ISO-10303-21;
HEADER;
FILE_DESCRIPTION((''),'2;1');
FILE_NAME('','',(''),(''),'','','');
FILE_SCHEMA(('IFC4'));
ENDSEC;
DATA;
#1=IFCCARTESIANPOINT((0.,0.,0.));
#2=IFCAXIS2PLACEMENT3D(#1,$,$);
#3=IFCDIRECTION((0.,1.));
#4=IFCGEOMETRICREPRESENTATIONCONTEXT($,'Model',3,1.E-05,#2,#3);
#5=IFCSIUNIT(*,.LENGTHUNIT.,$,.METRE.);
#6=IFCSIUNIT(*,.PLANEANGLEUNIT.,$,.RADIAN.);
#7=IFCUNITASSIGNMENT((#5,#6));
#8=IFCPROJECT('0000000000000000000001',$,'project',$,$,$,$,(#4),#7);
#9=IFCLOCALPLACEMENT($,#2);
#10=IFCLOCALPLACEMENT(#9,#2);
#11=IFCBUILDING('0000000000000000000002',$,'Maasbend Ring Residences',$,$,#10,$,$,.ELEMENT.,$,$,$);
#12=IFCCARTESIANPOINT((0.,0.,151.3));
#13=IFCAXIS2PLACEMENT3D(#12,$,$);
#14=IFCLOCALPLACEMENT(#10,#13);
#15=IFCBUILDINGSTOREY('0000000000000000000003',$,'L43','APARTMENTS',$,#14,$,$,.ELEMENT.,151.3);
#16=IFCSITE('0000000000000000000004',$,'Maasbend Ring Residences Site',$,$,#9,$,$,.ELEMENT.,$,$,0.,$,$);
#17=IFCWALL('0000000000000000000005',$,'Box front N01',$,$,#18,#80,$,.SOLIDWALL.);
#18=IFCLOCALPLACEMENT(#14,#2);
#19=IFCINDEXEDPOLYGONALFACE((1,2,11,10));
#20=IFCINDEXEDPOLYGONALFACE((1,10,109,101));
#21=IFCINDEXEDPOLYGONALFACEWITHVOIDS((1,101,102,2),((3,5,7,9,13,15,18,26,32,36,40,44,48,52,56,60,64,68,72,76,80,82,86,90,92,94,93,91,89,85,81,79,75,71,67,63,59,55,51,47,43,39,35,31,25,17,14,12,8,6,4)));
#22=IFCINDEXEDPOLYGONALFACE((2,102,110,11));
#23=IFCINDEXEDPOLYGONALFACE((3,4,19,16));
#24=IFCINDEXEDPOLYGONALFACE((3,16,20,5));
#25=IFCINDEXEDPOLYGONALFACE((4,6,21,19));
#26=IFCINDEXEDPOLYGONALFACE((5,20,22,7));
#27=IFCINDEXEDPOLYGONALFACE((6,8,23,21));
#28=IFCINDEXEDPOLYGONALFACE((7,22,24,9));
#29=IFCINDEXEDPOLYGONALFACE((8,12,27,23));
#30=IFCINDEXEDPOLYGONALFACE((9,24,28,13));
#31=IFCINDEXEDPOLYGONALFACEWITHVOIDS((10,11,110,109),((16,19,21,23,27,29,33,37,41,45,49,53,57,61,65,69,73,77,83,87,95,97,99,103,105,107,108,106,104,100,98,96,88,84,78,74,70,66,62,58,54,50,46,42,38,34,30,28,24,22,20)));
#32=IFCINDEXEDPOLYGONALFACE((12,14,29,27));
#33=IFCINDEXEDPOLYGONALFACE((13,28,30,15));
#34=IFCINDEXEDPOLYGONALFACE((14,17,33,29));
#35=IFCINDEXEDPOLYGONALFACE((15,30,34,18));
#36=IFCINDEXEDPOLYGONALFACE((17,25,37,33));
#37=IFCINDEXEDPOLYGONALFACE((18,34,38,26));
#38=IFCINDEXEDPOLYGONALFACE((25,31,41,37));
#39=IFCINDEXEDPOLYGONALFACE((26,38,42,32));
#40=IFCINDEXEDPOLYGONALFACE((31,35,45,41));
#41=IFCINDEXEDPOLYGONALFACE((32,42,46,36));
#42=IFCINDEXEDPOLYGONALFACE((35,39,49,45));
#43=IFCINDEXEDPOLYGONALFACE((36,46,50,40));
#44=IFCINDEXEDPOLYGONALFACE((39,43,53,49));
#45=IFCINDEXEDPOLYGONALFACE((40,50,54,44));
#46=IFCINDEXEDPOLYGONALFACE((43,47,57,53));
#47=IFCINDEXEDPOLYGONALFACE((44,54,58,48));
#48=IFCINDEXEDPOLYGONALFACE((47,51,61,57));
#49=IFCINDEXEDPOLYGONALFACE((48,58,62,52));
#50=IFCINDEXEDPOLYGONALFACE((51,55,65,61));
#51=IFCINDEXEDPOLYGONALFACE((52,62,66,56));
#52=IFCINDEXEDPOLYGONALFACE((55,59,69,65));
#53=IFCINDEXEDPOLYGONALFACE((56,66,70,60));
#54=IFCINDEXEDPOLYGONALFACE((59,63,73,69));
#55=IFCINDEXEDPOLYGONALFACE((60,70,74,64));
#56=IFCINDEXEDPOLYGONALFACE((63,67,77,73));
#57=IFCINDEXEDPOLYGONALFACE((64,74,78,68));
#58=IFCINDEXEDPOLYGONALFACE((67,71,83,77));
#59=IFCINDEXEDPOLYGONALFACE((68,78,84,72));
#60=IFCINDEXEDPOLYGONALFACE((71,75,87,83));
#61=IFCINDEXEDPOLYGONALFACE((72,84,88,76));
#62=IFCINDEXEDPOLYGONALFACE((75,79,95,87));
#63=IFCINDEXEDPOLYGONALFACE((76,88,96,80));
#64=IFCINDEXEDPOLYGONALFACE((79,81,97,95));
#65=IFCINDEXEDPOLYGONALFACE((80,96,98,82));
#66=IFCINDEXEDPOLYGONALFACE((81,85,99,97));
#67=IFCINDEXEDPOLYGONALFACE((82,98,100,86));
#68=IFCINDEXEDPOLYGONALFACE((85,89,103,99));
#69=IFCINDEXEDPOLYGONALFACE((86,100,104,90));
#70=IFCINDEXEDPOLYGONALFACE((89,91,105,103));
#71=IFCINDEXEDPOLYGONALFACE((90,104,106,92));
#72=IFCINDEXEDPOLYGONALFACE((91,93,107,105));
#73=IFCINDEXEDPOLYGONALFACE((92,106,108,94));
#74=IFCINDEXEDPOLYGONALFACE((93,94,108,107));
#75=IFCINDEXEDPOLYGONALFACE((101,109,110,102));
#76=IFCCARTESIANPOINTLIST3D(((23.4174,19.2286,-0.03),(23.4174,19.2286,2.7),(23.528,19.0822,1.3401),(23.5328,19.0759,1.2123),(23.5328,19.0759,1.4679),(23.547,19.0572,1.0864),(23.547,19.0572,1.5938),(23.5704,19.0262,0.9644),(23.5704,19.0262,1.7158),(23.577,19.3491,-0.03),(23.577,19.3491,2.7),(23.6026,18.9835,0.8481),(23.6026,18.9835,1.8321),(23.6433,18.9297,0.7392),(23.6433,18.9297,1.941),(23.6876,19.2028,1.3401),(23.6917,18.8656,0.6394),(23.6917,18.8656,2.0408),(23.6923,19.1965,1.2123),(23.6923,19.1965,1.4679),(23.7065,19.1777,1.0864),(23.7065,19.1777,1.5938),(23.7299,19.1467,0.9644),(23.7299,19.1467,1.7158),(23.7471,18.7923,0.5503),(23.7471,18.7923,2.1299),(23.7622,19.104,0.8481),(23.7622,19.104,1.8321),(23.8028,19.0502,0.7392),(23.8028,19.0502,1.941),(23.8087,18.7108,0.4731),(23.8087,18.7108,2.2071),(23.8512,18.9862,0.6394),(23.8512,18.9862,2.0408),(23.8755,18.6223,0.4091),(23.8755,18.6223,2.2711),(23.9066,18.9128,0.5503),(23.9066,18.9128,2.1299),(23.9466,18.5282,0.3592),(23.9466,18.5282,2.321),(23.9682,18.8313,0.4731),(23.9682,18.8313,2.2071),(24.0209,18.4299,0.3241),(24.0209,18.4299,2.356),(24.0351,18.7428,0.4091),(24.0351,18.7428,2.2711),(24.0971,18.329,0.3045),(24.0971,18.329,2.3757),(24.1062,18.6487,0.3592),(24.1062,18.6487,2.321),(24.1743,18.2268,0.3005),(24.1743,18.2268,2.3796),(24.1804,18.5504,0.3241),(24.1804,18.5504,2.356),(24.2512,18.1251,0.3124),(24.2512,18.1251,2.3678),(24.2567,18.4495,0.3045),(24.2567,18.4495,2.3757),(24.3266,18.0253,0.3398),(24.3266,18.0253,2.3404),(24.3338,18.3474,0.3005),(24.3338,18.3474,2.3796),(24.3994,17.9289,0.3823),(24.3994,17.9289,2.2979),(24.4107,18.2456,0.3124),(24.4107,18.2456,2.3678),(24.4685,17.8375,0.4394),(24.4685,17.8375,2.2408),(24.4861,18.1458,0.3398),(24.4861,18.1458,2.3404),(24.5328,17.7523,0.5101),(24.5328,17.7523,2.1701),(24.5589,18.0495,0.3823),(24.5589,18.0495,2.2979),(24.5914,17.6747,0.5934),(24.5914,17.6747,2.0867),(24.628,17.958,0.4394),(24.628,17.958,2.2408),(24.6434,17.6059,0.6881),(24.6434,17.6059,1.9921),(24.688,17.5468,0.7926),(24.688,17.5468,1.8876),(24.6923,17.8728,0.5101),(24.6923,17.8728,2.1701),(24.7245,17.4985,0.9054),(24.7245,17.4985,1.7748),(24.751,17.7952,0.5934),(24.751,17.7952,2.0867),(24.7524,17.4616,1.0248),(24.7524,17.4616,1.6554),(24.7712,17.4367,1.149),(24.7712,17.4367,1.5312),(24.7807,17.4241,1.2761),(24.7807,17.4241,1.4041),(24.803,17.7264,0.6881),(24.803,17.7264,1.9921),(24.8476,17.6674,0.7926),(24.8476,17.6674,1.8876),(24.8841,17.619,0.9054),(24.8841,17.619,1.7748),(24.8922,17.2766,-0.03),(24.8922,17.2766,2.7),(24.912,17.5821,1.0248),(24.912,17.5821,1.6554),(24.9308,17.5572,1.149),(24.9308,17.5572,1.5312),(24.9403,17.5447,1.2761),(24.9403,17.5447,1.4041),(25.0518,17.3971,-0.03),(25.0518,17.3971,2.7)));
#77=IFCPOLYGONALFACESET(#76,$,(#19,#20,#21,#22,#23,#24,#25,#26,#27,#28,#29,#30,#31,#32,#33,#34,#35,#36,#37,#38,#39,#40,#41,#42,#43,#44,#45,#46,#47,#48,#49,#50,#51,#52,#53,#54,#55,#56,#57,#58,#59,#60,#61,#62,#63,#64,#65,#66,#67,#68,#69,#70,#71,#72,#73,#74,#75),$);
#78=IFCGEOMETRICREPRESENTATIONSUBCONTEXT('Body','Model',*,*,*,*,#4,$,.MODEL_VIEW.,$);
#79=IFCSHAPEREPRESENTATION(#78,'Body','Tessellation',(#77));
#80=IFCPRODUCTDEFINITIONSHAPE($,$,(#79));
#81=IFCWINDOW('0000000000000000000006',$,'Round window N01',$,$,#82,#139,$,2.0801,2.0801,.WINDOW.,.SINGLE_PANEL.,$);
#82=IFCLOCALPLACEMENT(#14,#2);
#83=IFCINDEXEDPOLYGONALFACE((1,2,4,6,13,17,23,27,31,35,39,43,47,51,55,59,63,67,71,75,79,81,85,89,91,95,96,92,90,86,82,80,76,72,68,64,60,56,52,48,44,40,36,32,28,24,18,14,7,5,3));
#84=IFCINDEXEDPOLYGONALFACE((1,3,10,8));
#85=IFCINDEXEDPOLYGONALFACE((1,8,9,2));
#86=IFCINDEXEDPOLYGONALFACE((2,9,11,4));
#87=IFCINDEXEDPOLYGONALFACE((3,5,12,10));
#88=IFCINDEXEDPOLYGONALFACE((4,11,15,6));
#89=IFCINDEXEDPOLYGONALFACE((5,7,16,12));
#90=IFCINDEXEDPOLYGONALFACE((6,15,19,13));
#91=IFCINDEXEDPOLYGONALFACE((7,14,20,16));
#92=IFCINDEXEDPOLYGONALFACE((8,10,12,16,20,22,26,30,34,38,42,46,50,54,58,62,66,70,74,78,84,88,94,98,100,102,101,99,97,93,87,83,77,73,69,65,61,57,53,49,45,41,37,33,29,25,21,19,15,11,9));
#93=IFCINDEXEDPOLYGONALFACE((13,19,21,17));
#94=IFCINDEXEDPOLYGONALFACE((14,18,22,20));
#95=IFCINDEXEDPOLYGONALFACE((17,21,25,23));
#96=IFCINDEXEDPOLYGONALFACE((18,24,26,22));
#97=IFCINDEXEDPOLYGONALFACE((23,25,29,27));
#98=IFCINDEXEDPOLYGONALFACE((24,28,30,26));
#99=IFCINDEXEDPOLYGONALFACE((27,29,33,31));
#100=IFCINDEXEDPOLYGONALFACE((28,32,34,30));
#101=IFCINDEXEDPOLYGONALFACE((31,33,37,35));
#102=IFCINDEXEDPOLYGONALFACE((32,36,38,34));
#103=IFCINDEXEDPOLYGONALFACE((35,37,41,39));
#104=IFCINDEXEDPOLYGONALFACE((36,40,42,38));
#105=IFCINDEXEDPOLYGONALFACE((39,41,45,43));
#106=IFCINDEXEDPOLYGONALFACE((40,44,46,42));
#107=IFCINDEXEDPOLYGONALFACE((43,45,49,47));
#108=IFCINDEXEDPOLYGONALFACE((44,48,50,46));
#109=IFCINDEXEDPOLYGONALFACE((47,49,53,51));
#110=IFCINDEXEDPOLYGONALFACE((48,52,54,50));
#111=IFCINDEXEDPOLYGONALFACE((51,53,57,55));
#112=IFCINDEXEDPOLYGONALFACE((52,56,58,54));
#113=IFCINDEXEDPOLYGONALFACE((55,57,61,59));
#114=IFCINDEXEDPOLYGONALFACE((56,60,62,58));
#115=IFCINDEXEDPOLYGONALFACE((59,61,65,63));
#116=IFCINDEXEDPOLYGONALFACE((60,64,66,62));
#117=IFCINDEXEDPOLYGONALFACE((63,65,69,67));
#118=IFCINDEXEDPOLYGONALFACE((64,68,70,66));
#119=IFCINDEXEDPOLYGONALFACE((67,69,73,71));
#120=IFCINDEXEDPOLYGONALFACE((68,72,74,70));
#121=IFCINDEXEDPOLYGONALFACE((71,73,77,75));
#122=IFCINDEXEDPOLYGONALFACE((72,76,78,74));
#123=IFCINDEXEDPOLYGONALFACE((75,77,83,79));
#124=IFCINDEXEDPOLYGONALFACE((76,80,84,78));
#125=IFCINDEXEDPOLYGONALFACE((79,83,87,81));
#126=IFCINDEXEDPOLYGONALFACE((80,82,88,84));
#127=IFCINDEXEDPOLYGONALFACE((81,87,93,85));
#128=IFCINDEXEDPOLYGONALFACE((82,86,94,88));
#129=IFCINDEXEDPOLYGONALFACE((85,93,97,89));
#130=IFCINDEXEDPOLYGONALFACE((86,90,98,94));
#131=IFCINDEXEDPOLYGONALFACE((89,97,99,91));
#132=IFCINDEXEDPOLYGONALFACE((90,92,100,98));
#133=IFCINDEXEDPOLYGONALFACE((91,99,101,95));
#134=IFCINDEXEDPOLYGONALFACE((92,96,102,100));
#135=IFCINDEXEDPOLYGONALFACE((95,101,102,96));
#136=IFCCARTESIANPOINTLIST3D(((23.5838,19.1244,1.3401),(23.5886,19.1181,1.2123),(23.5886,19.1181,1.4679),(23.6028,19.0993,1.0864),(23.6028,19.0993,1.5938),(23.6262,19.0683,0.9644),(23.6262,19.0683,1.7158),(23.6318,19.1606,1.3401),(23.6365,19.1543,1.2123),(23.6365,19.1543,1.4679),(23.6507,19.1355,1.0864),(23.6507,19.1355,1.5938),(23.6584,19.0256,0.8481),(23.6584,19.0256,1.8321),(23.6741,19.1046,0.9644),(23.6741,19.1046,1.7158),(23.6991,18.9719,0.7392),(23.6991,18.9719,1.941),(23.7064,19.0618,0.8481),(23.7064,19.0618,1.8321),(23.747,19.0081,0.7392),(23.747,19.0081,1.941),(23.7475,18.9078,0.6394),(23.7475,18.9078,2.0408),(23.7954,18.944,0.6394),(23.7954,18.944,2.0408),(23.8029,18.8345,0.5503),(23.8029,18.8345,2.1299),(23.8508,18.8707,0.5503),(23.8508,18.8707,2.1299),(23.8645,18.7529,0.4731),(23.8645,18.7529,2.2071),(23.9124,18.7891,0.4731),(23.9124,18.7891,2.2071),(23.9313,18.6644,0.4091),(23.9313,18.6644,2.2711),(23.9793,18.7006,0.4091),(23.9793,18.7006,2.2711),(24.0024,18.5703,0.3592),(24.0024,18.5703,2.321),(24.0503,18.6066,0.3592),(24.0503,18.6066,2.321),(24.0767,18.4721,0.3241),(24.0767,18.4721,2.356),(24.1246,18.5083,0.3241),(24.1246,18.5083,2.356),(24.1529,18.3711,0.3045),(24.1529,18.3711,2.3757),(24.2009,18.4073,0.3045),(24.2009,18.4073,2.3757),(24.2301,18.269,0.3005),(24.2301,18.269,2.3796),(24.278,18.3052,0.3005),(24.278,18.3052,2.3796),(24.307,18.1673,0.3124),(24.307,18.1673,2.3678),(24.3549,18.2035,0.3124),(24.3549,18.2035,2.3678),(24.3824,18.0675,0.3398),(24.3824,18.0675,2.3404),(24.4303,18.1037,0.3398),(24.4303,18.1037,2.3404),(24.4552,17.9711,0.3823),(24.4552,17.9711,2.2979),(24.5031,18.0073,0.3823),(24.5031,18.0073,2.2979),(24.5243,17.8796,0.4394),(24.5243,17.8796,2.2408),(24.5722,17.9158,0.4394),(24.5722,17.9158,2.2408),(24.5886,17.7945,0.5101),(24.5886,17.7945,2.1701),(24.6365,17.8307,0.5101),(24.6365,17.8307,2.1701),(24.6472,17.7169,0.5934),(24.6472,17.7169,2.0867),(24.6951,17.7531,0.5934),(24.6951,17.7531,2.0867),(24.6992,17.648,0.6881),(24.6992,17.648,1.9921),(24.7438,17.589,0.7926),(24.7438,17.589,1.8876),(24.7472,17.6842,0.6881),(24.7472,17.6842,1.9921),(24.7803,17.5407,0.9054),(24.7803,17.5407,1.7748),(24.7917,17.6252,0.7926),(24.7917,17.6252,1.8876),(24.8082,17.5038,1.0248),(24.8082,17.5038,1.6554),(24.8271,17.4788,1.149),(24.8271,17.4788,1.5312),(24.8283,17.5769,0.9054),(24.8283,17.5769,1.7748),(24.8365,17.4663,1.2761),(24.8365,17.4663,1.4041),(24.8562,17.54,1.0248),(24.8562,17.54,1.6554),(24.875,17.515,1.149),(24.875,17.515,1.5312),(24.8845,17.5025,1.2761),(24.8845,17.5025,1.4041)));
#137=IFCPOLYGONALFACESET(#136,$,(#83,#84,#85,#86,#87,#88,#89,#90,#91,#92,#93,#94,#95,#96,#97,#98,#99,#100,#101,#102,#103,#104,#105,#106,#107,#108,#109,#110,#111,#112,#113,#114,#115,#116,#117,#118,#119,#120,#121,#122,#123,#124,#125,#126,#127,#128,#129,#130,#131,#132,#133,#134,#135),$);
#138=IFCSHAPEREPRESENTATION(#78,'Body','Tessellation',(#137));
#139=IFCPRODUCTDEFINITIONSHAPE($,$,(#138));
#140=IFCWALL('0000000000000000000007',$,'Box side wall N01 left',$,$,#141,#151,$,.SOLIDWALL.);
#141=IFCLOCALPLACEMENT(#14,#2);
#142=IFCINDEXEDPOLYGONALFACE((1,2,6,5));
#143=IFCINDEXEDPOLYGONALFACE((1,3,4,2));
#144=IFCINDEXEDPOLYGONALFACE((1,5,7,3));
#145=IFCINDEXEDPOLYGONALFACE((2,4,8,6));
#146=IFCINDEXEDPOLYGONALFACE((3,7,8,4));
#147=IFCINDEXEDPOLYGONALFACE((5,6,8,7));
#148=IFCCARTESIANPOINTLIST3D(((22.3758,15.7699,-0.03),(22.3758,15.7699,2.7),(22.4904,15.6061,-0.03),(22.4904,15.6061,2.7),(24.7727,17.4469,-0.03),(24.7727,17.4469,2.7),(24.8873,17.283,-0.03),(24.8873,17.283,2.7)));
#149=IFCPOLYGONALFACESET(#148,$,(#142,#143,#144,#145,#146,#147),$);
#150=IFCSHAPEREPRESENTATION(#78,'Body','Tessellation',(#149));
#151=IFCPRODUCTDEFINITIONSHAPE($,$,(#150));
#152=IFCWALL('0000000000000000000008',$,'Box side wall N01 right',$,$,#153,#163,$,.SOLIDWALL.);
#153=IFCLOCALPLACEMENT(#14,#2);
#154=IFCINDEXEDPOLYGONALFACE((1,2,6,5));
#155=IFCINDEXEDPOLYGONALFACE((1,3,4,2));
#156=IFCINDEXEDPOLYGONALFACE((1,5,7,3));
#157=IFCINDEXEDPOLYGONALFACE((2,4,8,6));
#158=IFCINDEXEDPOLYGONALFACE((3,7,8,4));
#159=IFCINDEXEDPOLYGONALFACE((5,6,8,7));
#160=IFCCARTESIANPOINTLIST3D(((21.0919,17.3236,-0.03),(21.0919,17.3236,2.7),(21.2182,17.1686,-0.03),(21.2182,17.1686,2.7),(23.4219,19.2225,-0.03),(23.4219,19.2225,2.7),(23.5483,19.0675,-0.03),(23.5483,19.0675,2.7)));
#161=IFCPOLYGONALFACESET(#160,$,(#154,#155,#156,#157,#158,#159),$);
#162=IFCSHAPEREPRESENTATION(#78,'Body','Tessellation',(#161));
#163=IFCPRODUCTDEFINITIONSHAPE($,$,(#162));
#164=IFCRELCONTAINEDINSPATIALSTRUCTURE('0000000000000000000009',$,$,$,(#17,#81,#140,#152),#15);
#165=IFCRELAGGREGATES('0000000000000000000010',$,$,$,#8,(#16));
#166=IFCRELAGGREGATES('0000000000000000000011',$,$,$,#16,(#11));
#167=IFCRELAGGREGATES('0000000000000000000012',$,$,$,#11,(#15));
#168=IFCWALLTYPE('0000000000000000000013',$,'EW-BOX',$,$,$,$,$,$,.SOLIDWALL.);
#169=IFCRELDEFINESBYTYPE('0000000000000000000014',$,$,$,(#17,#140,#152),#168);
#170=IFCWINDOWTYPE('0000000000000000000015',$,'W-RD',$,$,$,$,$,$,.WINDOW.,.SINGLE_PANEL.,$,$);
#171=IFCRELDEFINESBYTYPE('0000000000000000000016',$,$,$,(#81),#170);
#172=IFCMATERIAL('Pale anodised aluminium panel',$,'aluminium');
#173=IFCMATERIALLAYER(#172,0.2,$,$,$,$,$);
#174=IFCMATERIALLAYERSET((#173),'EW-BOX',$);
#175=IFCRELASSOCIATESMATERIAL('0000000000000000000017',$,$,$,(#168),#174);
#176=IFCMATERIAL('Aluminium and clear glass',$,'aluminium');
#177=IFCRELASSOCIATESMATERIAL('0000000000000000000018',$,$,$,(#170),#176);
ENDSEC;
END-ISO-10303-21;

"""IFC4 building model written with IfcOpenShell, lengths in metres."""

from ifc_helpers import new_model, si_unit, direction, frame, frame_2d, origin, place, context, subcontext, project, spatial, rectangle, circle, extrude, material, layer, layer_set, type_object, element, fill, save


model = new_model("IFC4")

# Units and contexts
model_context = context("Model", 3, precision=1e-05, world=origin(), true_north=direction((0.0, 1.0)))
body_context = subcontext(model_context, "Body", "Model", "MODEL_VIEW")
ifc_project = project(units=[si_unit("LENGTHUNIT", "METRE"), si_unit("PLANEANGLEUNIT", "RADIAN")], contexts=[model_context])

# Site, building, storey
site_placement = place(None, origin())
site = spatial("IfcSite", under=ifc_project, at=site_placement, Name="Maasbend Ring Residences Site", CompositionType="ELEMENT", RefElevation=0.0)
building_placement = place(site_placement, origin())
building = spatial("IfcBuilding", under=site, at=building_placement, Name="Maasbend Ring Residences", CompositionType="ELEMENT")
storey_placement = place(building_placement, frame((0.0, 0.0, 151.3)))
storey = spatial("IfcBuildingStorey", under=building, at=storey_placement, Name="L43", Description="APARTMENTS", CompositionType="ELEMENT", Elevation=151.3)

# Wall, opening, window
ifc_material_1 = material(Name="Pale anodised aluminium panel", Category="aluminium")
ifc_layer_1 = layer(ifc_material_1, 0.2)
ifc_layer_set_1 = layer_set([ifc_layer_1], Name="EW-BOX")
wall_type_1 = type_object("IfcWallType", Name="EW-BOX", PredefinedType="SOLIDWALL", material=ifc_layer_set_1)
wall_1_placement = place(storey_placement, frame((24.9719, 17.3369, -0.03), z_axis=(0.0, 0.0, 1.0), x_axis=(-0.602806, 0.797888, 0.0)))
wall_1 = element("IfcWall", 1, at=wall_1_placement, inside=storey, type_object=wall_type_1, Name="Box front N01", PredefinedType="SOLIDWALL", context=body_context, shape_type="SweptSolid", body=[
    extrude(rectangle(XDim=2.4465, YDim=0.2, at=frame_2d((1.2231, 0.0))), origin(), (0.0, 0.0, 1.0), 2.73),
])
opening_1_placement = place(wall_1_placement, frame((0.1829, 0.0, 0.3301)))
opening_1 = element("IfcOpeningElement", 2, at=opening_1_placement, cuts=wall_1, PredefinedType="OPENING", context=body_context, shape_type="SweptSolid", body=[
    extrude(circle(Radius=1.04, at=frame_2d((1.04, 1.04))), frame((0.0, 0.1099, 0.0), z_axis=(0.0, -1.0, 0.0), x_axis=(1.0, 0.0, 0.0)), (0.0, 0.0, 1.0), 0.22),
])
ifc_material_2 = material(Name="Aluminium and clear glass", Category="aluminium")
window_type_1 = type_object("IfcWindowType", Name="W-RD", PartitioningType="SINGLE_PANEL", PredefinedType="WINDOW", material=ifc_material_2)
window_1_placement = place(opening_1_placement, origin())
window_1 = element("IfcWindow", 3, at=window_1_placement, inside=storey, type_object=window_type_1, Name="Round window N01", OverallHeight=2.0801, OverallWidth=2.0801, PartitioningType="SINGLE_PANEL", PredefinedType="WINDOW", context=body_context, shape_type="SweptSolid", body=[
    extrude(circle(Radius=1.04, at=frame_2d((1.04, 1.04))), frame((0.0, 0.03, 0.0), z_axis=(0.0, -1.0, 0.0), x_axis=(1.0, 0.0, 0.0)), (0.0, 0.0, 1.0), 0.0601),
])
fill(opening_1, window_1)

# Walls
wall_2_placement = place(storey_placement, frame((22.4331, 15.688, -0.03), z_axis=(0.0, 0.0, 1.0), x_axis=(0.819373, 0.573261, 0.0)))
element("IfcWall", 4, at=wall_2_placement, inside=storey, type_object=wall_type_1, Name="Box side wall N01 left", PredefinedType="SOLIDWALL", context=body_context, shape_type="SweptSolid", body=[
    extrude(rectangle(XDim=2.9253, YDim=0.2, at=frame_2d((1.4626, 0.0))), origin(), (0.0, 0.0, 1.0), 2.73),
])
wall_3_placement = place(storey_placement, frame((21.155, 17.2461, -0.03), z_axis=(0.0, 0.0, 1.0), x_axis=(0.775179, 0.631742, 0.0)))
element("IfcWall", 5, at=wall_3_placement, inside=storey, type_object=wall_type_1, Name="Box side wall N01 right", PredefinedType="SOLIDWALL", context=body_context, shape_type="SweptSolid", body=[
    extrude(rectangle(XDim=3.0059, YDim=0.2, at=frame_2d((1.5029, 0.0))), origin(), (0.0, 0.0, 1.0), 2.73),
])

save(model, "model.ifc")
